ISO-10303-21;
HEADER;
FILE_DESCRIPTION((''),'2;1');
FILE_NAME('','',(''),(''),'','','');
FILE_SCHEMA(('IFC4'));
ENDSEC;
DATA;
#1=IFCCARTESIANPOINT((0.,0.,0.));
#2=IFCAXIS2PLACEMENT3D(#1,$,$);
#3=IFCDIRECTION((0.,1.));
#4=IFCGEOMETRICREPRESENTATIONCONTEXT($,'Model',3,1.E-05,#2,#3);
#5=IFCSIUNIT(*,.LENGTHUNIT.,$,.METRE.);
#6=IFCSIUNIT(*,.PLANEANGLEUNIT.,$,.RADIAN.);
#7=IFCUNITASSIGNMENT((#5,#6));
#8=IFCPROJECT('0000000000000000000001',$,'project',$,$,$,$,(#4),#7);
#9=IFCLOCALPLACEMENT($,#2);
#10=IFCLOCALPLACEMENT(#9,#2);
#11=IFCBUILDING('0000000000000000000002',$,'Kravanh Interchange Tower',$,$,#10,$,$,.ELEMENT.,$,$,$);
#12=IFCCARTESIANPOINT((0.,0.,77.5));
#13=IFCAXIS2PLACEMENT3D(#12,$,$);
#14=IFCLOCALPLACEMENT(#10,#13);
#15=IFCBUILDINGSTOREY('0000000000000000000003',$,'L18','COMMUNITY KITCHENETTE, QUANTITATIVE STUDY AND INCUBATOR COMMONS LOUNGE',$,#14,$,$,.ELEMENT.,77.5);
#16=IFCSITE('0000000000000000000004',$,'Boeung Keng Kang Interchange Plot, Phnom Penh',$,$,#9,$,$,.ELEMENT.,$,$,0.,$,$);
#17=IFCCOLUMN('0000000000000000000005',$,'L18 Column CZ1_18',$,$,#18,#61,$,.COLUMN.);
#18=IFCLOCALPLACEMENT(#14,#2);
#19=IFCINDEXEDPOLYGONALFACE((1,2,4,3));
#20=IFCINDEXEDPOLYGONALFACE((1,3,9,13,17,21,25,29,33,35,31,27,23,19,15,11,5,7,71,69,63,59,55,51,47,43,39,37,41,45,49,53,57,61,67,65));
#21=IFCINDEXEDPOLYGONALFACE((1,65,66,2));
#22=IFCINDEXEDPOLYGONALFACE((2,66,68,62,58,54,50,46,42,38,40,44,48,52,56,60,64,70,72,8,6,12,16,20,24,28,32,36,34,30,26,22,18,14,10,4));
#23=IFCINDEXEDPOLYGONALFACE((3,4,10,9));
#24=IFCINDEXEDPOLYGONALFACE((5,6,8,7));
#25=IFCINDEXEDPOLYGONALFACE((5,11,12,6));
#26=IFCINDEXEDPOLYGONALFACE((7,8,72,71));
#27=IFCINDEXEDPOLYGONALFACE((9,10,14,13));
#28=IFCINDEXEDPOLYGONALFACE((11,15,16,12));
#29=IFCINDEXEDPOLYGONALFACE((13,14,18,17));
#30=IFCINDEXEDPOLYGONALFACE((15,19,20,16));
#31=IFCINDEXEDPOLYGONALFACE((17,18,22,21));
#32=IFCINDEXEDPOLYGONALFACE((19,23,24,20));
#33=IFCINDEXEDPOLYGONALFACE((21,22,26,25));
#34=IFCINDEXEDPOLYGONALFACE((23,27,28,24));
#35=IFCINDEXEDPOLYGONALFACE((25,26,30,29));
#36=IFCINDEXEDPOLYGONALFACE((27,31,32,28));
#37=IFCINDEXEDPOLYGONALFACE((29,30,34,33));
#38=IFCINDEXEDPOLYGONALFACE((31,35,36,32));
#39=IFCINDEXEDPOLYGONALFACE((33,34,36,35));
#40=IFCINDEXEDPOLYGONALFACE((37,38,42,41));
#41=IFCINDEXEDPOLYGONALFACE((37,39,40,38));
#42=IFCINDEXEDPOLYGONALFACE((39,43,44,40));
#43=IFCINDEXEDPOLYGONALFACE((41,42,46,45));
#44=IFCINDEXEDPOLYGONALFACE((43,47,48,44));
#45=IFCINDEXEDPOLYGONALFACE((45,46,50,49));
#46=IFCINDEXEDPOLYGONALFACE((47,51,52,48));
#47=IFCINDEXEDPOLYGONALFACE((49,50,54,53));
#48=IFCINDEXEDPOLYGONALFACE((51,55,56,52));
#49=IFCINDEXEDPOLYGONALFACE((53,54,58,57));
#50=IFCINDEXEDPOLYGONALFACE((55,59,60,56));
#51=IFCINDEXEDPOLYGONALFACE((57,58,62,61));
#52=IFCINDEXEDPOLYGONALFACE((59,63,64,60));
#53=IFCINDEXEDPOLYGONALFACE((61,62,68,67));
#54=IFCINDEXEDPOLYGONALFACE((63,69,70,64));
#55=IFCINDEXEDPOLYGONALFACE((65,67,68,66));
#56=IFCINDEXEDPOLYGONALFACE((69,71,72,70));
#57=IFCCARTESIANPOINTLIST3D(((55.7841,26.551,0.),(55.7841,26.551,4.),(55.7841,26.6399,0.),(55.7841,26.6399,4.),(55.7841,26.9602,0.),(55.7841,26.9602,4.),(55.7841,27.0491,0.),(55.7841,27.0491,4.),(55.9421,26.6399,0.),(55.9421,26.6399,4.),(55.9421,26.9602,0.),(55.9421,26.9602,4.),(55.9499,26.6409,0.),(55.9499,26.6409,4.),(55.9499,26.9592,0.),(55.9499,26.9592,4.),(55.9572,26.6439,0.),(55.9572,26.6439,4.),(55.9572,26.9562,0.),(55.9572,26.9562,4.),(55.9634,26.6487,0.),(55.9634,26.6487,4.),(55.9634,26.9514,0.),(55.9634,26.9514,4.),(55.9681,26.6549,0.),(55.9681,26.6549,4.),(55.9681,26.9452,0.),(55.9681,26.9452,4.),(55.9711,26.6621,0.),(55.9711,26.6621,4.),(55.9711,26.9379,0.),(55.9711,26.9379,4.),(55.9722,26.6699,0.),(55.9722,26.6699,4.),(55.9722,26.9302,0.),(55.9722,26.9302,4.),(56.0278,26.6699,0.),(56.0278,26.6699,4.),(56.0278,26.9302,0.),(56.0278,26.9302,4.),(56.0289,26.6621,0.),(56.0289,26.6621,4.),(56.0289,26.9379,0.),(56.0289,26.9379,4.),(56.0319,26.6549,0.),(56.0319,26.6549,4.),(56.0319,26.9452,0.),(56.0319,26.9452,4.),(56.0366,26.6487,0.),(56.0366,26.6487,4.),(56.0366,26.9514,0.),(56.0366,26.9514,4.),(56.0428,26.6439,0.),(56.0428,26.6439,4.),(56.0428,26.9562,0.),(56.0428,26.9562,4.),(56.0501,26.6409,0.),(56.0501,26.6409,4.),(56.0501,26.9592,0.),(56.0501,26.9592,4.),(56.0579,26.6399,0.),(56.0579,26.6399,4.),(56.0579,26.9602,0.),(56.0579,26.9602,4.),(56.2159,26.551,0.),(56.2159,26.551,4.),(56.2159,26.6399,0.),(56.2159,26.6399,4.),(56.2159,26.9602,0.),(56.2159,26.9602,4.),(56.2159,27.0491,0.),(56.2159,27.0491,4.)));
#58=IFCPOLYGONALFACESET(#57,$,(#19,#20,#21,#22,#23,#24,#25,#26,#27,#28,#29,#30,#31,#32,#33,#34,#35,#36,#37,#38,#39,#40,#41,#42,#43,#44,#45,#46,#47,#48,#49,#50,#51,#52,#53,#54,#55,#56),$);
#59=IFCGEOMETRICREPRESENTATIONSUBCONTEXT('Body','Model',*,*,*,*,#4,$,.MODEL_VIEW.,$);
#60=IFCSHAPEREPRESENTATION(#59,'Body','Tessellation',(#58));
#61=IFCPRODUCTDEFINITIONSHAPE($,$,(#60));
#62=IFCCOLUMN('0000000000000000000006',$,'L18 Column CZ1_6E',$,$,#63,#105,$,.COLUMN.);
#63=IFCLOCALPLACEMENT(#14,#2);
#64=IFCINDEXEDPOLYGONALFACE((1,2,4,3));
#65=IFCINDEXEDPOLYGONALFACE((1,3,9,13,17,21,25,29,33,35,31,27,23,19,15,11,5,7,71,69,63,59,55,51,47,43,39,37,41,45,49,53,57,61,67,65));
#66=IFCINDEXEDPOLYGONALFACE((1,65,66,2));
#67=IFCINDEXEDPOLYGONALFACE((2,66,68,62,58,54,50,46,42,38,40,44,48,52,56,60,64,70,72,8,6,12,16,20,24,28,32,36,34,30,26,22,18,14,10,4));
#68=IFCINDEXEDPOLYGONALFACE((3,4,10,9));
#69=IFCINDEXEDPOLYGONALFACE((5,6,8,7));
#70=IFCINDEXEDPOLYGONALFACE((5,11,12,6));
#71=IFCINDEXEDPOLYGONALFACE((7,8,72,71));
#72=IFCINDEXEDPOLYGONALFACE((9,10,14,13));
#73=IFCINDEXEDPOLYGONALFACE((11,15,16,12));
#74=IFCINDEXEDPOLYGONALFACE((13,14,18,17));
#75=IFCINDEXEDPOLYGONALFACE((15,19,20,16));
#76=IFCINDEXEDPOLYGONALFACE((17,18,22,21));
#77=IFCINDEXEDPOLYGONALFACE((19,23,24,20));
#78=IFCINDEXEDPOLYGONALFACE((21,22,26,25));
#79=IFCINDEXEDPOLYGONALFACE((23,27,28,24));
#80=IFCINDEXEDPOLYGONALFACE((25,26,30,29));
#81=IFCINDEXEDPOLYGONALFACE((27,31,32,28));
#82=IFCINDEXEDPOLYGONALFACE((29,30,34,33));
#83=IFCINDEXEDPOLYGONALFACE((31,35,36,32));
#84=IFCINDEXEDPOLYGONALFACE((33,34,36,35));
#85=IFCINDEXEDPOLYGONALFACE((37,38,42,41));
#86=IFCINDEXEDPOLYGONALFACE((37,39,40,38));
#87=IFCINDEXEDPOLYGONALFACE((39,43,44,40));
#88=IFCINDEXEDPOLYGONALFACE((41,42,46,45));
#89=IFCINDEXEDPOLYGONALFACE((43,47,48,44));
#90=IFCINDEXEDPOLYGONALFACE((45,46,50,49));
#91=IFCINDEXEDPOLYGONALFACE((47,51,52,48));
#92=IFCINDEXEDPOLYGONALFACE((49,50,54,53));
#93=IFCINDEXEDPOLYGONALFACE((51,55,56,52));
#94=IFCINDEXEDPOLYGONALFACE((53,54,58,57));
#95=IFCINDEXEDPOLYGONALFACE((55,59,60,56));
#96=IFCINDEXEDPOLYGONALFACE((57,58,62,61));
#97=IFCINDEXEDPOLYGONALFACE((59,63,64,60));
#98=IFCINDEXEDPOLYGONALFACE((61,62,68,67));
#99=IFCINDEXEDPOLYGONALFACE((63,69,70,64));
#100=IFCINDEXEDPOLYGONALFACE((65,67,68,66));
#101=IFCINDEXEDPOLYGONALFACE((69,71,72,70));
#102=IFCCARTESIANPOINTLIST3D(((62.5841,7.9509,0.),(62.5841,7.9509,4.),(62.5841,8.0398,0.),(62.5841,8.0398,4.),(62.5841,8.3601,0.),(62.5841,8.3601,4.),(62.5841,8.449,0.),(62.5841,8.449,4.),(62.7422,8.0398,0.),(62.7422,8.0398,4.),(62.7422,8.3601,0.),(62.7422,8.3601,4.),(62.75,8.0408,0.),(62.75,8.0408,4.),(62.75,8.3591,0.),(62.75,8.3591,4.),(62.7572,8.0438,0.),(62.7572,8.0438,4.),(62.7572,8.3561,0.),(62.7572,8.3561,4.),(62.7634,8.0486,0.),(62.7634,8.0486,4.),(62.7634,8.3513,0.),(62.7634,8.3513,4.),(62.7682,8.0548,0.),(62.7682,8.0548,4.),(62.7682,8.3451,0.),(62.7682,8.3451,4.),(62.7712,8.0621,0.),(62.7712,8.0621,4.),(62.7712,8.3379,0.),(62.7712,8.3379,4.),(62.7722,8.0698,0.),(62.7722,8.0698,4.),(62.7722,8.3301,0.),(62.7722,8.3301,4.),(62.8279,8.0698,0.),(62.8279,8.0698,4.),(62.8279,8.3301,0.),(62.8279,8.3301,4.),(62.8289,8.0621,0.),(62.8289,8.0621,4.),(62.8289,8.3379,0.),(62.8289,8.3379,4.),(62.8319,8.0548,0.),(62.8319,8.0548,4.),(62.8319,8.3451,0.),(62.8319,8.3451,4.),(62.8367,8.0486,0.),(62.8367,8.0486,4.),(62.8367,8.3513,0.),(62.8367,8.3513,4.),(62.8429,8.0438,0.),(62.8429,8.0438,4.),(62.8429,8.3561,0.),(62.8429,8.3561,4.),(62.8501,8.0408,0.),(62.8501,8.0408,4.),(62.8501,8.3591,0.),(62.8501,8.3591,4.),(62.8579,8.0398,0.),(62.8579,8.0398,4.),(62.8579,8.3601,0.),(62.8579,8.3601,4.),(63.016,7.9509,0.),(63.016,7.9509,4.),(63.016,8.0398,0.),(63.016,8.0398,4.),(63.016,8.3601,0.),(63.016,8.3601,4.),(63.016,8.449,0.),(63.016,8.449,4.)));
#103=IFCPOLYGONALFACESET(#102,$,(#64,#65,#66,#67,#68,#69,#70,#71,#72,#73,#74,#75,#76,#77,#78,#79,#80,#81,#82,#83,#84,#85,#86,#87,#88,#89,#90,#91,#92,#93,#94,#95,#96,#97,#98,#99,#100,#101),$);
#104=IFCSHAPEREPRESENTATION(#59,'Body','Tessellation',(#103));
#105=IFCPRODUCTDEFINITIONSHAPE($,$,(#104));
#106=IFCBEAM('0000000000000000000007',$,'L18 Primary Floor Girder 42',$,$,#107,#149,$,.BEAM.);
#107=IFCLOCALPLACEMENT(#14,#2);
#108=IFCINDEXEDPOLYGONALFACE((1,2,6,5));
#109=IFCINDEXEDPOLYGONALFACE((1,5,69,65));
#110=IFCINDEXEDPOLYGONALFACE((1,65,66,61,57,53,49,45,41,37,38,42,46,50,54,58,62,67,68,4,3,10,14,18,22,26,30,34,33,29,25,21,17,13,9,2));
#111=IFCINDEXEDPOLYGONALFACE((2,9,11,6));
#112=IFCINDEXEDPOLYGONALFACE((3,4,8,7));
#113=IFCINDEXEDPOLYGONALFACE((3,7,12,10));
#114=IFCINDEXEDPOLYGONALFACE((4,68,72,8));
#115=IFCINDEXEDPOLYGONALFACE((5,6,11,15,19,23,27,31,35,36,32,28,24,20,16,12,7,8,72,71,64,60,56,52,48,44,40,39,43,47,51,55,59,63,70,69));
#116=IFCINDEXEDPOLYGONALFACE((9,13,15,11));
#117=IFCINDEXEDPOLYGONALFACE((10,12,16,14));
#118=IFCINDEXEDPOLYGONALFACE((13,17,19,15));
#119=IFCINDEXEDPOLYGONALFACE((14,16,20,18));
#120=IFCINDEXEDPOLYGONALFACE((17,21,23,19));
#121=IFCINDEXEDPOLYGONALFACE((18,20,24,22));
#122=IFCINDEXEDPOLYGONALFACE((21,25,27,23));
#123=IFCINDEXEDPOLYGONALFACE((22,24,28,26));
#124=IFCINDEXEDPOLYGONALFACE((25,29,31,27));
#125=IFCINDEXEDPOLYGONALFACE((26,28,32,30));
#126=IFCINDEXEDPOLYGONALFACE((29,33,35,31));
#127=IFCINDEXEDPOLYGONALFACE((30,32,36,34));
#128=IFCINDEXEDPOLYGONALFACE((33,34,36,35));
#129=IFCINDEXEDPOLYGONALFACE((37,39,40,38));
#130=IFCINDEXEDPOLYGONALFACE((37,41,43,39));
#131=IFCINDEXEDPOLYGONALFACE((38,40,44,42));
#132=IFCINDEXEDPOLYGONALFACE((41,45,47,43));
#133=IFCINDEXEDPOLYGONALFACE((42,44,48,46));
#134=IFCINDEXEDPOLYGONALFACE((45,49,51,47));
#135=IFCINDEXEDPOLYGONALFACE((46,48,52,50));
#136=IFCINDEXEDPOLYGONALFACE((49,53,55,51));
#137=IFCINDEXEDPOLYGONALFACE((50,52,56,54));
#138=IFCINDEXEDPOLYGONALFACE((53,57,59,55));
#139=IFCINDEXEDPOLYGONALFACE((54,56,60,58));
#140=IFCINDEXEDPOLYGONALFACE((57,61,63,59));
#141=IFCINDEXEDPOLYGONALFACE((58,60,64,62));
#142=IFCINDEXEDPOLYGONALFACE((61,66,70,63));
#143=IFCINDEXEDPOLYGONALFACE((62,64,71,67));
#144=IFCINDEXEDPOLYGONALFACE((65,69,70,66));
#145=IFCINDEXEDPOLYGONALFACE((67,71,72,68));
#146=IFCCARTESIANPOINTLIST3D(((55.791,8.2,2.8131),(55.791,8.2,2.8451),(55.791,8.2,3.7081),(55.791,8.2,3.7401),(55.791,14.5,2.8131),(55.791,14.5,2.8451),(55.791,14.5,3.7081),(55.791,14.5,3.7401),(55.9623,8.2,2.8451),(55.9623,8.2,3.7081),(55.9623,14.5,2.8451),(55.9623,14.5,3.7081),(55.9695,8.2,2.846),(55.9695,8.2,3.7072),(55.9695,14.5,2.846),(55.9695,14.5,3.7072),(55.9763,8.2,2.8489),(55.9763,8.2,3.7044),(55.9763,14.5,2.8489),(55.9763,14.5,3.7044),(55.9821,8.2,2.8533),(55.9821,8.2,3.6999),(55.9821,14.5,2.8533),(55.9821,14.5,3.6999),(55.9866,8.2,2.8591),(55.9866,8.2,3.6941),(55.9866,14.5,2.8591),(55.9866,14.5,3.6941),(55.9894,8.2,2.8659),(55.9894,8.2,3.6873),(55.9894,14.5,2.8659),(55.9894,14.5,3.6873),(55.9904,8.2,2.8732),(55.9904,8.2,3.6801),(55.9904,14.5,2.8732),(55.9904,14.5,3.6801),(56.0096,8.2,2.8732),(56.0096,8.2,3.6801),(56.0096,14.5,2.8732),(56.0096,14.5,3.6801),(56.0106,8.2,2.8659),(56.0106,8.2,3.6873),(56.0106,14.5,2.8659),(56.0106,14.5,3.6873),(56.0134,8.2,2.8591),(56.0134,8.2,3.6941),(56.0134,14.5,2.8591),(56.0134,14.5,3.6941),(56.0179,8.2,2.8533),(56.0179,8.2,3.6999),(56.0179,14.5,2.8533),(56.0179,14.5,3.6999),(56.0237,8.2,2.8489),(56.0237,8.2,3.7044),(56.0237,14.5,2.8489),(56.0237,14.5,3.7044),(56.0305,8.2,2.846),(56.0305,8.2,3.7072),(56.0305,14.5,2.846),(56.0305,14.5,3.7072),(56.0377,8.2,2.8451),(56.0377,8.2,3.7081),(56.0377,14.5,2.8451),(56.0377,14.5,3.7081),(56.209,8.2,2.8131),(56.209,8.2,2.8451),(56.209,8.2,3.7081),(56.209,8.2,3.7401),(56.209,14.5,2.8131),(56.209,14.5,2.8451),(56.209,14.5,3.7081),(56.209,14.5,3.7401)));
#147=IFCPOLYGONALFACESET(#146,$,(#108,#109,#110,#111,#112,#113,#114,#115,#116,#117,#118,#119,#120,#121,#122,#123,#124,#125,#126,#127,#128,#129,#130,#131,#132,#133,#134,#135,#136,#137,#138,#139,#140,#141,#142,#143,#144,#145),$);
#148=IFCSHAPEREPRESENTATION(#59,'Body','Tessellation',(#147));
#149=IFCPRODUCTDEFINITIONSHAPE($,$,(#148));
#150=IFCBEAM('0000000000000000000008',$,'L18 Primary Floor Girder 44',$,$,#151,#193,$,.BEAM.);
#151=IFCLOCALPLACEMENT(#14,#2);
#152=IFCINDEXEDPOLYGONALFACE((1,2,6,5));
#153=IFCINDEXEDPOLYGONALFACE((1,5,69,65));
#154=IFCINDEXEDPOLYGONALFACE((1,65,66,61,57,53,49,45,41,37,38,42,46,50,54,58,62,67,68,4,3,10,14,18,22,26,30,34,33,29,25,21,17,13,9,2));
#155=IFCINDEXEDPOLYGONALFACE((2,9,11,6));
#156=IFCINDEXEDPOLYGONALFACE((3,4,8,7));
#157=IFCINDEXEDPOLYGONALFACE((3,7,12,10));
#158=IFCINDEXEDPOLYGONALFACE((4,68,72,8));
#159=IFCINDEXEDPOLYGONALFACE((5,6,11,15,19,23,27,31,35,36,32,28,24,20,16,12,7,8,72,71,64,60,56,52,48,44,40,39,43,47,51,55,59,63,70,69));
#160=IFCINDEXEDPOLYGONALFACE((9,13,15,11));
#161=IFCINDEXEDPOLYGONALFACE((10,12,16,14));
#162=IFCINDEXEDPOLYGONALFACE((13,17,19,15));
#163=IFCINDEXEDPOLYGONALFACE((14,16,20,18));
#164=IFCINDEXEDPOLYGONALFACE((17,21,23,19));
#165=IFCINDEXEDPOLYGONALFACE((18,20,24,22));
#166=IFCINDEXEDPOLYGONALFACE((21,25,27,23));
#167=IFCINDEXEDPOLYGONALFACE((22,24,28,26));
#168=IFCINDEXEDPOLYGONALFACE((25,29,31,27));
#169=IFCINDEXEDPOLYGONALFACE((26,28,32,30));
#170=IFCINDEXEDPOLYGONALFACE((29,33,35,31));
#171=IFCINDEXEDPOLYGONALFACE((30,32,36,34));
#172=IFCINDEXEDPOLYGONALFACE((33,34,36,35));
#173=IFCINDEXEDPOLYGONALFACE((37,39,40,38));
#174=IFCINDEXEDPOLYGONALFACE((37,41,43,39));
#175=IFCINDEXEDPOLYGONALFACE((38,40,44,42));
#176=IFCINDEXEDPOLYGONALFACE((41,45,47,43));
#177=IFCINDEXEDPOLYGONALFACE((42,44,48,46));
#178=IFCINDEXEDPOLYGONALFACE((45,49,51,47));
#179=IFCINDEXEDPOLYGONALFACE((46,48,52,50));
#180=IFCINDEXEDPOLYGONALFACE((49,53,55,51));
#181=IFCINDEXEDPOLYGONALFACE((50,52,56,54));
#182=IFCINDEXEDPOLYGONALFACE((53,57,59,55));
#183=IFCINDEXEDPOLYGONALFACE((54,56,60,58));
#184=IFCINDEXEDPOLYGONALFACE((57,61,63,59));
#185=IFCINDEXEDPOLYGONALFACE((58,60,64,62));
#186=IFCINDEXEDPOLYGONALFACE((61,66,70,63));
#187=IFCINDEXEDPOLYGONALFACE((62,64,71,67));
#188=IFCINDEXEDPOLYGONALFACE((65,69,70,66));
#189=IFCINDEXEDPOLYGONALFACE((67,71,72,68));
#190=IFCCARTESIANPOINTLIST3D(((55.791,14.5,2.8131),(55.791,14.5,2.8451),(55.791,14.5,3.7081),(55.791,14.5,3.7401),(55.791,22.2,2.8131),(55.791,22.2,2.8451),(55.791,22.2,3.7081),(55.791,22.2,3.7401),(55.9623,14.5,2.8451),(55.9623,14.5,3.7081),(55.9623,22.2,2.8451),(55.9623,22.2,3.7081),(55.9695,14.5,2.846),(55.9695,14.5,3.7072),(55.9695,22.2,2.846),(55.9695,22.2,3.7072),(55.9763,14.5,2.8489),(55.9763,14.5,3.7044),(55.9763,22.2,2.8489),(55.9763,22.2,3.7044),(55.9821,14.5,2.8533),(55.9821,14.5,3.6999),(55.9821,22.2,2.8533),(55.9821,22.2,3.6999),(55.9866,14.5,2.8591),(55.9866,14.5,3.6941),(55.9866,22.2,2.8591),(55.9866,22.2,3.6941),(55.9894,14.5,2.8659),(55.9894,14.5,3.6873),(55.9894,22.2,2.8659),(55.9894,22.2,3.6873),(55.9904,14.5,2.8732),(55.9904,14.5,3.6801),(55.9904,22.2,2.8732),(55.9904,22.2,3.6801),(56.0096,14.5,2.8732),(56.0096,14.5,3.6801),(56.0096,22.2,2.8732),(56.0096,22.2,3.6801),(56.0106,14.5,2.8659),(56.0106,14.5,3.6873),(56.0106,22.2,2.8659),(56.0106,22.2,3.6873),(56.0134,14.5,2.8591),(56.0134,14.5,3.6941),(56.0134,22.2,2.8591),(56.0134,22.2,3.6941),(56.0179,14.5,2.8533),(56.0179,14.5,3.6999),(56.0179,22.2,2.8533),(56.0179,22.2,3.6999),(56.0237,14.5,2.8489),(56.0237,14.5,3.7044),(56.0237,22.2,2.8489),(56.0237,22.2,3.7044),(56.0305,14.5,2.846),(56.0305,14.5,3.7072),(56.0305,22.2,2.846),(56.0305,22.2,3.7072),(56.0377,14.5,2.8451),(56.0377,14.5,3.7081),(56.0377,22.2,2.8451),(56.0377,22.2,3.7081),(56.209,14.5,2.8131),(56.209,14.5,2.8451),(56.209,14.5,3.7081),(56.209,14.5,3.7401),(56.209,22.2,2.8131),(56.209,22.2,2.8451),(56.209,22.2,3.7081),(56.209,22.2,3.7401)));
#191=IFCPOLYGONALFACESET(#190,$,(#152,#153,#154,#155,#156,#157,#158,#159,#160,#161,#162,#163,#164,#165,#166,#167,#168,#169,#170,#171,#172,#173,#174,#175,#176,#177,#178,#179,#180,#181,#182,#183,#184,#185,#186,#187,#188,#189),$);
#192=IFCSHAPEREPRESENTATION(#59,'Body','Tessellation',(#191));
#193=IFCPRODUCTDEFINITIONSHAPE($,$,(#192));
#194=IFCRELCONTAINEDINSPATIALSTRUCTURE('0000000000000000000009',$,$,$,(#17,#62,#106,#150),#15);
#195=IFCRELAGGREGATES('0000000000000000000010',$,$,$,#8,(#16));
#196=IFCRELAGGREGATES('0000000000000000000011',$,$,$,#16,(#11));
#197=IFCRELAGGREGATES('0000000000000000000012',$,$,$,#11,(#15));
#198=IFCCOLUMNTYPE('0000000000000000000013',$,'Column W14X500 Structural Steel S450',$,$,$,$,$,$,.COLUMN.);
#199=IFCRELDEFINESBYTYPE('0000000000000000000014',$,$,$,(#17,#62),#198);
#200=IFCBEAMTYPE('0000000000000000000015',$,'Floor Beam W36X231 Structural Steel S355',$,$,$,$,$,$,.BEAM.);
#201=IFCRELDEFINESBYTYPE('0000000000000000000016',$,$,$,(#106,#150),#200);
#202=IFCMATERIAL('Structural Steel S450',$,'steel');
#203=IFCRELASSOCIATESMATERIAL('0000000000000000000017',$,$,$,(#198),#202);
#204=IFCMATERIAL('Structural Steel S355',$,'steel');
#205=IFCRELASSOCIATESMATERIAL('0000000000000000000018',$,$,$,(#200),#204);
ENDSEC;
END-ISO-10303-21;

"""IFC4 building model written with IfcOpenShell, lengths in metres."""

from ifc_helpers import new_model, si_unit, direction, frame, origin, origin_2d, place, context, subcontext, project, spatial, i_section, extrude, material, material_profile, profile_set, type_object, element, save


model = new_model("IFC4")

# Units and contexts
model_context = context("Model", 3, precision=1e-05, world=origin(), true_north=direction((0.0, 1.0)))
body_context = subcontext(model_context, "Body", "Model", "MODEL_VIEW")
ifc_project = project(units=[si_unit("LENGTHUNIT", "METRE"), si_unit("PLANEANGLEUNIT", "RADIAN")], contexts=[model_context])

# Site, building, storey
site_placement = place(None, origin())
site = spatial("IfcSite", under=ifc_project, at=site_placement, Name="Boeung Keng Kang Interchange Plot, Phnom Penh", CompositionType="ELEMENT", RefElevation=0.0)
building_placement = place(site_placement, origin())
building = spatial("IfcBuilding", under=site, at=building_placement, Name="Kravanh Interchange Tower", CompositionType="ELEMENT")
storey_placement = place(building_placement, frame((0.0, 0.0, 77.5)))
storey = spatial("IfcBuildingStorey", under=building, at=storey_placement, Name="L18", Description="COMMUNITY KITCHENETTE, QUANTITATIVE STUDY AND INCUBATOR COMMONS LOUNGE", CompositionType="ELEMENT", Elevation=77.5)

# Columns
ifc_material_1 = material(Name="Structural Steel S450", Category="steel")
ifc_material_profile_1 = material_profile(ifc_material_1, i_section(OverallWidth=0.4319, OverallDepth=0.498, WebThickness=0.0557, FlangeThickness=0.0889, FilletRadius=0.03, at=origin_2d()), Name="W14X500")
ifc_profile_set_1 = profile_set([ifc_material_profile_1], Name="Structural Steel S450")
column_type = type_object("IfcColumnType", Name="Column W14X500 Structural Steel S450", PredefinedType="COLUMN", material=ifc_profile_set_1)
for number, where, z_axis, x_axis, name in (
    (1, (56.0, 26.8, 0.0), (0.0, 0.0, 1.0), (1.0, 0.0, 0.0), "L18 Column CZ1_18"),
    (2, (62.8, 8.2, 0.0), (0.0, 0.0, 1.0), (1.0, 0.0, 0.0), "L18 Column CZ1_6E"),
):
    element("IfcColumn", number, at=place(storey_placement, frame(where, z_axis=z_axis, x_axis=x_axis)), inside=storey, type_object=column_type, Name=name, PredefinedType="COLUMN", context=body_context, shape_type="SweptSolid", body=[
        extrude(i_section(OverallWidth=0.4319, OverallDepth=0.498, WebThickness=0.0557, FlangeThickness=0.0889, FilletRadius=0.03, at=origin_2d()), origin(), (0.0, 0.0, 1.0), 4.0),
    ])

# Beams
ifc_material_2 = material(Name="Structural Steel S355", Category="steel")
ifc_material_profile_2 = material_profile(ifc_material_2, i_section(OverallWidth=0.418, OverallDepth=0.927, WebThickness=0.0193, FlangeThickness=0.032, FilletRadius=0.0281, at=origin_2d()), Name="W36X231")
ifc_profile_set_2 = profile_set([ifc_material_profile_2], Name="Structural Steel S355")
beam_type_1 = type_object("IfcBeamType", Name="Floor Beam W36X231 Structural Steel S355", PredefinedType="BEAM", material=ifc_profile_set_2)
beam_1_placement = place(storey_placement, frame((56.0, 14.5, 3.2766), z_axis=(0.0, -1.0, 0.0), x_axis=(1.0, 0.0, 0.0)))
element("IfcBeam", 3, at=beam_1_placement, inside=storey, type_object=beam_type_1, Name="L18 Primary Floor Girder 42", PredefinedType="BEAM", context=body_context, shape_type="SweptSolid", body=[
    extrude(i_section(OverallWidth=0.418, OverallDepth=0.927, WebThickness=0.0193, FlangeThickness=0.032, FilletRadius=0.0281, at=origin_2d()), origin(), (0.0, 0.0, 1.0), 6.3),
])
for number, where, z_axis, x_axis, name in (
    (4, (56.0, 14.5, 3.2766), (0.0, 1.0, 0.0), (-1.0, 0.0, 0.0), "L18 Primary Floor Girder 44"),
):
    element("IfcBeam", number, at=place(storey_placement, frame(where, z_axis=z_axis, x_axis=x_axis)), inside=storey, type_object=beam_type_1, Name=name, PredefinedType="BEAM", context=body_context, shape_type="SweptSolid", body=[
        extrude(i_section(OverallWidth=0.418, OverallDepth=0.927, WebThickness=0.0193, FlangeThickness=0.032, FilletRadius=0.0281, at=origin_2d()), origin(), (0.0, 0.0, 1.0), 7.7),
    ])

save(model, "model.ifc")
